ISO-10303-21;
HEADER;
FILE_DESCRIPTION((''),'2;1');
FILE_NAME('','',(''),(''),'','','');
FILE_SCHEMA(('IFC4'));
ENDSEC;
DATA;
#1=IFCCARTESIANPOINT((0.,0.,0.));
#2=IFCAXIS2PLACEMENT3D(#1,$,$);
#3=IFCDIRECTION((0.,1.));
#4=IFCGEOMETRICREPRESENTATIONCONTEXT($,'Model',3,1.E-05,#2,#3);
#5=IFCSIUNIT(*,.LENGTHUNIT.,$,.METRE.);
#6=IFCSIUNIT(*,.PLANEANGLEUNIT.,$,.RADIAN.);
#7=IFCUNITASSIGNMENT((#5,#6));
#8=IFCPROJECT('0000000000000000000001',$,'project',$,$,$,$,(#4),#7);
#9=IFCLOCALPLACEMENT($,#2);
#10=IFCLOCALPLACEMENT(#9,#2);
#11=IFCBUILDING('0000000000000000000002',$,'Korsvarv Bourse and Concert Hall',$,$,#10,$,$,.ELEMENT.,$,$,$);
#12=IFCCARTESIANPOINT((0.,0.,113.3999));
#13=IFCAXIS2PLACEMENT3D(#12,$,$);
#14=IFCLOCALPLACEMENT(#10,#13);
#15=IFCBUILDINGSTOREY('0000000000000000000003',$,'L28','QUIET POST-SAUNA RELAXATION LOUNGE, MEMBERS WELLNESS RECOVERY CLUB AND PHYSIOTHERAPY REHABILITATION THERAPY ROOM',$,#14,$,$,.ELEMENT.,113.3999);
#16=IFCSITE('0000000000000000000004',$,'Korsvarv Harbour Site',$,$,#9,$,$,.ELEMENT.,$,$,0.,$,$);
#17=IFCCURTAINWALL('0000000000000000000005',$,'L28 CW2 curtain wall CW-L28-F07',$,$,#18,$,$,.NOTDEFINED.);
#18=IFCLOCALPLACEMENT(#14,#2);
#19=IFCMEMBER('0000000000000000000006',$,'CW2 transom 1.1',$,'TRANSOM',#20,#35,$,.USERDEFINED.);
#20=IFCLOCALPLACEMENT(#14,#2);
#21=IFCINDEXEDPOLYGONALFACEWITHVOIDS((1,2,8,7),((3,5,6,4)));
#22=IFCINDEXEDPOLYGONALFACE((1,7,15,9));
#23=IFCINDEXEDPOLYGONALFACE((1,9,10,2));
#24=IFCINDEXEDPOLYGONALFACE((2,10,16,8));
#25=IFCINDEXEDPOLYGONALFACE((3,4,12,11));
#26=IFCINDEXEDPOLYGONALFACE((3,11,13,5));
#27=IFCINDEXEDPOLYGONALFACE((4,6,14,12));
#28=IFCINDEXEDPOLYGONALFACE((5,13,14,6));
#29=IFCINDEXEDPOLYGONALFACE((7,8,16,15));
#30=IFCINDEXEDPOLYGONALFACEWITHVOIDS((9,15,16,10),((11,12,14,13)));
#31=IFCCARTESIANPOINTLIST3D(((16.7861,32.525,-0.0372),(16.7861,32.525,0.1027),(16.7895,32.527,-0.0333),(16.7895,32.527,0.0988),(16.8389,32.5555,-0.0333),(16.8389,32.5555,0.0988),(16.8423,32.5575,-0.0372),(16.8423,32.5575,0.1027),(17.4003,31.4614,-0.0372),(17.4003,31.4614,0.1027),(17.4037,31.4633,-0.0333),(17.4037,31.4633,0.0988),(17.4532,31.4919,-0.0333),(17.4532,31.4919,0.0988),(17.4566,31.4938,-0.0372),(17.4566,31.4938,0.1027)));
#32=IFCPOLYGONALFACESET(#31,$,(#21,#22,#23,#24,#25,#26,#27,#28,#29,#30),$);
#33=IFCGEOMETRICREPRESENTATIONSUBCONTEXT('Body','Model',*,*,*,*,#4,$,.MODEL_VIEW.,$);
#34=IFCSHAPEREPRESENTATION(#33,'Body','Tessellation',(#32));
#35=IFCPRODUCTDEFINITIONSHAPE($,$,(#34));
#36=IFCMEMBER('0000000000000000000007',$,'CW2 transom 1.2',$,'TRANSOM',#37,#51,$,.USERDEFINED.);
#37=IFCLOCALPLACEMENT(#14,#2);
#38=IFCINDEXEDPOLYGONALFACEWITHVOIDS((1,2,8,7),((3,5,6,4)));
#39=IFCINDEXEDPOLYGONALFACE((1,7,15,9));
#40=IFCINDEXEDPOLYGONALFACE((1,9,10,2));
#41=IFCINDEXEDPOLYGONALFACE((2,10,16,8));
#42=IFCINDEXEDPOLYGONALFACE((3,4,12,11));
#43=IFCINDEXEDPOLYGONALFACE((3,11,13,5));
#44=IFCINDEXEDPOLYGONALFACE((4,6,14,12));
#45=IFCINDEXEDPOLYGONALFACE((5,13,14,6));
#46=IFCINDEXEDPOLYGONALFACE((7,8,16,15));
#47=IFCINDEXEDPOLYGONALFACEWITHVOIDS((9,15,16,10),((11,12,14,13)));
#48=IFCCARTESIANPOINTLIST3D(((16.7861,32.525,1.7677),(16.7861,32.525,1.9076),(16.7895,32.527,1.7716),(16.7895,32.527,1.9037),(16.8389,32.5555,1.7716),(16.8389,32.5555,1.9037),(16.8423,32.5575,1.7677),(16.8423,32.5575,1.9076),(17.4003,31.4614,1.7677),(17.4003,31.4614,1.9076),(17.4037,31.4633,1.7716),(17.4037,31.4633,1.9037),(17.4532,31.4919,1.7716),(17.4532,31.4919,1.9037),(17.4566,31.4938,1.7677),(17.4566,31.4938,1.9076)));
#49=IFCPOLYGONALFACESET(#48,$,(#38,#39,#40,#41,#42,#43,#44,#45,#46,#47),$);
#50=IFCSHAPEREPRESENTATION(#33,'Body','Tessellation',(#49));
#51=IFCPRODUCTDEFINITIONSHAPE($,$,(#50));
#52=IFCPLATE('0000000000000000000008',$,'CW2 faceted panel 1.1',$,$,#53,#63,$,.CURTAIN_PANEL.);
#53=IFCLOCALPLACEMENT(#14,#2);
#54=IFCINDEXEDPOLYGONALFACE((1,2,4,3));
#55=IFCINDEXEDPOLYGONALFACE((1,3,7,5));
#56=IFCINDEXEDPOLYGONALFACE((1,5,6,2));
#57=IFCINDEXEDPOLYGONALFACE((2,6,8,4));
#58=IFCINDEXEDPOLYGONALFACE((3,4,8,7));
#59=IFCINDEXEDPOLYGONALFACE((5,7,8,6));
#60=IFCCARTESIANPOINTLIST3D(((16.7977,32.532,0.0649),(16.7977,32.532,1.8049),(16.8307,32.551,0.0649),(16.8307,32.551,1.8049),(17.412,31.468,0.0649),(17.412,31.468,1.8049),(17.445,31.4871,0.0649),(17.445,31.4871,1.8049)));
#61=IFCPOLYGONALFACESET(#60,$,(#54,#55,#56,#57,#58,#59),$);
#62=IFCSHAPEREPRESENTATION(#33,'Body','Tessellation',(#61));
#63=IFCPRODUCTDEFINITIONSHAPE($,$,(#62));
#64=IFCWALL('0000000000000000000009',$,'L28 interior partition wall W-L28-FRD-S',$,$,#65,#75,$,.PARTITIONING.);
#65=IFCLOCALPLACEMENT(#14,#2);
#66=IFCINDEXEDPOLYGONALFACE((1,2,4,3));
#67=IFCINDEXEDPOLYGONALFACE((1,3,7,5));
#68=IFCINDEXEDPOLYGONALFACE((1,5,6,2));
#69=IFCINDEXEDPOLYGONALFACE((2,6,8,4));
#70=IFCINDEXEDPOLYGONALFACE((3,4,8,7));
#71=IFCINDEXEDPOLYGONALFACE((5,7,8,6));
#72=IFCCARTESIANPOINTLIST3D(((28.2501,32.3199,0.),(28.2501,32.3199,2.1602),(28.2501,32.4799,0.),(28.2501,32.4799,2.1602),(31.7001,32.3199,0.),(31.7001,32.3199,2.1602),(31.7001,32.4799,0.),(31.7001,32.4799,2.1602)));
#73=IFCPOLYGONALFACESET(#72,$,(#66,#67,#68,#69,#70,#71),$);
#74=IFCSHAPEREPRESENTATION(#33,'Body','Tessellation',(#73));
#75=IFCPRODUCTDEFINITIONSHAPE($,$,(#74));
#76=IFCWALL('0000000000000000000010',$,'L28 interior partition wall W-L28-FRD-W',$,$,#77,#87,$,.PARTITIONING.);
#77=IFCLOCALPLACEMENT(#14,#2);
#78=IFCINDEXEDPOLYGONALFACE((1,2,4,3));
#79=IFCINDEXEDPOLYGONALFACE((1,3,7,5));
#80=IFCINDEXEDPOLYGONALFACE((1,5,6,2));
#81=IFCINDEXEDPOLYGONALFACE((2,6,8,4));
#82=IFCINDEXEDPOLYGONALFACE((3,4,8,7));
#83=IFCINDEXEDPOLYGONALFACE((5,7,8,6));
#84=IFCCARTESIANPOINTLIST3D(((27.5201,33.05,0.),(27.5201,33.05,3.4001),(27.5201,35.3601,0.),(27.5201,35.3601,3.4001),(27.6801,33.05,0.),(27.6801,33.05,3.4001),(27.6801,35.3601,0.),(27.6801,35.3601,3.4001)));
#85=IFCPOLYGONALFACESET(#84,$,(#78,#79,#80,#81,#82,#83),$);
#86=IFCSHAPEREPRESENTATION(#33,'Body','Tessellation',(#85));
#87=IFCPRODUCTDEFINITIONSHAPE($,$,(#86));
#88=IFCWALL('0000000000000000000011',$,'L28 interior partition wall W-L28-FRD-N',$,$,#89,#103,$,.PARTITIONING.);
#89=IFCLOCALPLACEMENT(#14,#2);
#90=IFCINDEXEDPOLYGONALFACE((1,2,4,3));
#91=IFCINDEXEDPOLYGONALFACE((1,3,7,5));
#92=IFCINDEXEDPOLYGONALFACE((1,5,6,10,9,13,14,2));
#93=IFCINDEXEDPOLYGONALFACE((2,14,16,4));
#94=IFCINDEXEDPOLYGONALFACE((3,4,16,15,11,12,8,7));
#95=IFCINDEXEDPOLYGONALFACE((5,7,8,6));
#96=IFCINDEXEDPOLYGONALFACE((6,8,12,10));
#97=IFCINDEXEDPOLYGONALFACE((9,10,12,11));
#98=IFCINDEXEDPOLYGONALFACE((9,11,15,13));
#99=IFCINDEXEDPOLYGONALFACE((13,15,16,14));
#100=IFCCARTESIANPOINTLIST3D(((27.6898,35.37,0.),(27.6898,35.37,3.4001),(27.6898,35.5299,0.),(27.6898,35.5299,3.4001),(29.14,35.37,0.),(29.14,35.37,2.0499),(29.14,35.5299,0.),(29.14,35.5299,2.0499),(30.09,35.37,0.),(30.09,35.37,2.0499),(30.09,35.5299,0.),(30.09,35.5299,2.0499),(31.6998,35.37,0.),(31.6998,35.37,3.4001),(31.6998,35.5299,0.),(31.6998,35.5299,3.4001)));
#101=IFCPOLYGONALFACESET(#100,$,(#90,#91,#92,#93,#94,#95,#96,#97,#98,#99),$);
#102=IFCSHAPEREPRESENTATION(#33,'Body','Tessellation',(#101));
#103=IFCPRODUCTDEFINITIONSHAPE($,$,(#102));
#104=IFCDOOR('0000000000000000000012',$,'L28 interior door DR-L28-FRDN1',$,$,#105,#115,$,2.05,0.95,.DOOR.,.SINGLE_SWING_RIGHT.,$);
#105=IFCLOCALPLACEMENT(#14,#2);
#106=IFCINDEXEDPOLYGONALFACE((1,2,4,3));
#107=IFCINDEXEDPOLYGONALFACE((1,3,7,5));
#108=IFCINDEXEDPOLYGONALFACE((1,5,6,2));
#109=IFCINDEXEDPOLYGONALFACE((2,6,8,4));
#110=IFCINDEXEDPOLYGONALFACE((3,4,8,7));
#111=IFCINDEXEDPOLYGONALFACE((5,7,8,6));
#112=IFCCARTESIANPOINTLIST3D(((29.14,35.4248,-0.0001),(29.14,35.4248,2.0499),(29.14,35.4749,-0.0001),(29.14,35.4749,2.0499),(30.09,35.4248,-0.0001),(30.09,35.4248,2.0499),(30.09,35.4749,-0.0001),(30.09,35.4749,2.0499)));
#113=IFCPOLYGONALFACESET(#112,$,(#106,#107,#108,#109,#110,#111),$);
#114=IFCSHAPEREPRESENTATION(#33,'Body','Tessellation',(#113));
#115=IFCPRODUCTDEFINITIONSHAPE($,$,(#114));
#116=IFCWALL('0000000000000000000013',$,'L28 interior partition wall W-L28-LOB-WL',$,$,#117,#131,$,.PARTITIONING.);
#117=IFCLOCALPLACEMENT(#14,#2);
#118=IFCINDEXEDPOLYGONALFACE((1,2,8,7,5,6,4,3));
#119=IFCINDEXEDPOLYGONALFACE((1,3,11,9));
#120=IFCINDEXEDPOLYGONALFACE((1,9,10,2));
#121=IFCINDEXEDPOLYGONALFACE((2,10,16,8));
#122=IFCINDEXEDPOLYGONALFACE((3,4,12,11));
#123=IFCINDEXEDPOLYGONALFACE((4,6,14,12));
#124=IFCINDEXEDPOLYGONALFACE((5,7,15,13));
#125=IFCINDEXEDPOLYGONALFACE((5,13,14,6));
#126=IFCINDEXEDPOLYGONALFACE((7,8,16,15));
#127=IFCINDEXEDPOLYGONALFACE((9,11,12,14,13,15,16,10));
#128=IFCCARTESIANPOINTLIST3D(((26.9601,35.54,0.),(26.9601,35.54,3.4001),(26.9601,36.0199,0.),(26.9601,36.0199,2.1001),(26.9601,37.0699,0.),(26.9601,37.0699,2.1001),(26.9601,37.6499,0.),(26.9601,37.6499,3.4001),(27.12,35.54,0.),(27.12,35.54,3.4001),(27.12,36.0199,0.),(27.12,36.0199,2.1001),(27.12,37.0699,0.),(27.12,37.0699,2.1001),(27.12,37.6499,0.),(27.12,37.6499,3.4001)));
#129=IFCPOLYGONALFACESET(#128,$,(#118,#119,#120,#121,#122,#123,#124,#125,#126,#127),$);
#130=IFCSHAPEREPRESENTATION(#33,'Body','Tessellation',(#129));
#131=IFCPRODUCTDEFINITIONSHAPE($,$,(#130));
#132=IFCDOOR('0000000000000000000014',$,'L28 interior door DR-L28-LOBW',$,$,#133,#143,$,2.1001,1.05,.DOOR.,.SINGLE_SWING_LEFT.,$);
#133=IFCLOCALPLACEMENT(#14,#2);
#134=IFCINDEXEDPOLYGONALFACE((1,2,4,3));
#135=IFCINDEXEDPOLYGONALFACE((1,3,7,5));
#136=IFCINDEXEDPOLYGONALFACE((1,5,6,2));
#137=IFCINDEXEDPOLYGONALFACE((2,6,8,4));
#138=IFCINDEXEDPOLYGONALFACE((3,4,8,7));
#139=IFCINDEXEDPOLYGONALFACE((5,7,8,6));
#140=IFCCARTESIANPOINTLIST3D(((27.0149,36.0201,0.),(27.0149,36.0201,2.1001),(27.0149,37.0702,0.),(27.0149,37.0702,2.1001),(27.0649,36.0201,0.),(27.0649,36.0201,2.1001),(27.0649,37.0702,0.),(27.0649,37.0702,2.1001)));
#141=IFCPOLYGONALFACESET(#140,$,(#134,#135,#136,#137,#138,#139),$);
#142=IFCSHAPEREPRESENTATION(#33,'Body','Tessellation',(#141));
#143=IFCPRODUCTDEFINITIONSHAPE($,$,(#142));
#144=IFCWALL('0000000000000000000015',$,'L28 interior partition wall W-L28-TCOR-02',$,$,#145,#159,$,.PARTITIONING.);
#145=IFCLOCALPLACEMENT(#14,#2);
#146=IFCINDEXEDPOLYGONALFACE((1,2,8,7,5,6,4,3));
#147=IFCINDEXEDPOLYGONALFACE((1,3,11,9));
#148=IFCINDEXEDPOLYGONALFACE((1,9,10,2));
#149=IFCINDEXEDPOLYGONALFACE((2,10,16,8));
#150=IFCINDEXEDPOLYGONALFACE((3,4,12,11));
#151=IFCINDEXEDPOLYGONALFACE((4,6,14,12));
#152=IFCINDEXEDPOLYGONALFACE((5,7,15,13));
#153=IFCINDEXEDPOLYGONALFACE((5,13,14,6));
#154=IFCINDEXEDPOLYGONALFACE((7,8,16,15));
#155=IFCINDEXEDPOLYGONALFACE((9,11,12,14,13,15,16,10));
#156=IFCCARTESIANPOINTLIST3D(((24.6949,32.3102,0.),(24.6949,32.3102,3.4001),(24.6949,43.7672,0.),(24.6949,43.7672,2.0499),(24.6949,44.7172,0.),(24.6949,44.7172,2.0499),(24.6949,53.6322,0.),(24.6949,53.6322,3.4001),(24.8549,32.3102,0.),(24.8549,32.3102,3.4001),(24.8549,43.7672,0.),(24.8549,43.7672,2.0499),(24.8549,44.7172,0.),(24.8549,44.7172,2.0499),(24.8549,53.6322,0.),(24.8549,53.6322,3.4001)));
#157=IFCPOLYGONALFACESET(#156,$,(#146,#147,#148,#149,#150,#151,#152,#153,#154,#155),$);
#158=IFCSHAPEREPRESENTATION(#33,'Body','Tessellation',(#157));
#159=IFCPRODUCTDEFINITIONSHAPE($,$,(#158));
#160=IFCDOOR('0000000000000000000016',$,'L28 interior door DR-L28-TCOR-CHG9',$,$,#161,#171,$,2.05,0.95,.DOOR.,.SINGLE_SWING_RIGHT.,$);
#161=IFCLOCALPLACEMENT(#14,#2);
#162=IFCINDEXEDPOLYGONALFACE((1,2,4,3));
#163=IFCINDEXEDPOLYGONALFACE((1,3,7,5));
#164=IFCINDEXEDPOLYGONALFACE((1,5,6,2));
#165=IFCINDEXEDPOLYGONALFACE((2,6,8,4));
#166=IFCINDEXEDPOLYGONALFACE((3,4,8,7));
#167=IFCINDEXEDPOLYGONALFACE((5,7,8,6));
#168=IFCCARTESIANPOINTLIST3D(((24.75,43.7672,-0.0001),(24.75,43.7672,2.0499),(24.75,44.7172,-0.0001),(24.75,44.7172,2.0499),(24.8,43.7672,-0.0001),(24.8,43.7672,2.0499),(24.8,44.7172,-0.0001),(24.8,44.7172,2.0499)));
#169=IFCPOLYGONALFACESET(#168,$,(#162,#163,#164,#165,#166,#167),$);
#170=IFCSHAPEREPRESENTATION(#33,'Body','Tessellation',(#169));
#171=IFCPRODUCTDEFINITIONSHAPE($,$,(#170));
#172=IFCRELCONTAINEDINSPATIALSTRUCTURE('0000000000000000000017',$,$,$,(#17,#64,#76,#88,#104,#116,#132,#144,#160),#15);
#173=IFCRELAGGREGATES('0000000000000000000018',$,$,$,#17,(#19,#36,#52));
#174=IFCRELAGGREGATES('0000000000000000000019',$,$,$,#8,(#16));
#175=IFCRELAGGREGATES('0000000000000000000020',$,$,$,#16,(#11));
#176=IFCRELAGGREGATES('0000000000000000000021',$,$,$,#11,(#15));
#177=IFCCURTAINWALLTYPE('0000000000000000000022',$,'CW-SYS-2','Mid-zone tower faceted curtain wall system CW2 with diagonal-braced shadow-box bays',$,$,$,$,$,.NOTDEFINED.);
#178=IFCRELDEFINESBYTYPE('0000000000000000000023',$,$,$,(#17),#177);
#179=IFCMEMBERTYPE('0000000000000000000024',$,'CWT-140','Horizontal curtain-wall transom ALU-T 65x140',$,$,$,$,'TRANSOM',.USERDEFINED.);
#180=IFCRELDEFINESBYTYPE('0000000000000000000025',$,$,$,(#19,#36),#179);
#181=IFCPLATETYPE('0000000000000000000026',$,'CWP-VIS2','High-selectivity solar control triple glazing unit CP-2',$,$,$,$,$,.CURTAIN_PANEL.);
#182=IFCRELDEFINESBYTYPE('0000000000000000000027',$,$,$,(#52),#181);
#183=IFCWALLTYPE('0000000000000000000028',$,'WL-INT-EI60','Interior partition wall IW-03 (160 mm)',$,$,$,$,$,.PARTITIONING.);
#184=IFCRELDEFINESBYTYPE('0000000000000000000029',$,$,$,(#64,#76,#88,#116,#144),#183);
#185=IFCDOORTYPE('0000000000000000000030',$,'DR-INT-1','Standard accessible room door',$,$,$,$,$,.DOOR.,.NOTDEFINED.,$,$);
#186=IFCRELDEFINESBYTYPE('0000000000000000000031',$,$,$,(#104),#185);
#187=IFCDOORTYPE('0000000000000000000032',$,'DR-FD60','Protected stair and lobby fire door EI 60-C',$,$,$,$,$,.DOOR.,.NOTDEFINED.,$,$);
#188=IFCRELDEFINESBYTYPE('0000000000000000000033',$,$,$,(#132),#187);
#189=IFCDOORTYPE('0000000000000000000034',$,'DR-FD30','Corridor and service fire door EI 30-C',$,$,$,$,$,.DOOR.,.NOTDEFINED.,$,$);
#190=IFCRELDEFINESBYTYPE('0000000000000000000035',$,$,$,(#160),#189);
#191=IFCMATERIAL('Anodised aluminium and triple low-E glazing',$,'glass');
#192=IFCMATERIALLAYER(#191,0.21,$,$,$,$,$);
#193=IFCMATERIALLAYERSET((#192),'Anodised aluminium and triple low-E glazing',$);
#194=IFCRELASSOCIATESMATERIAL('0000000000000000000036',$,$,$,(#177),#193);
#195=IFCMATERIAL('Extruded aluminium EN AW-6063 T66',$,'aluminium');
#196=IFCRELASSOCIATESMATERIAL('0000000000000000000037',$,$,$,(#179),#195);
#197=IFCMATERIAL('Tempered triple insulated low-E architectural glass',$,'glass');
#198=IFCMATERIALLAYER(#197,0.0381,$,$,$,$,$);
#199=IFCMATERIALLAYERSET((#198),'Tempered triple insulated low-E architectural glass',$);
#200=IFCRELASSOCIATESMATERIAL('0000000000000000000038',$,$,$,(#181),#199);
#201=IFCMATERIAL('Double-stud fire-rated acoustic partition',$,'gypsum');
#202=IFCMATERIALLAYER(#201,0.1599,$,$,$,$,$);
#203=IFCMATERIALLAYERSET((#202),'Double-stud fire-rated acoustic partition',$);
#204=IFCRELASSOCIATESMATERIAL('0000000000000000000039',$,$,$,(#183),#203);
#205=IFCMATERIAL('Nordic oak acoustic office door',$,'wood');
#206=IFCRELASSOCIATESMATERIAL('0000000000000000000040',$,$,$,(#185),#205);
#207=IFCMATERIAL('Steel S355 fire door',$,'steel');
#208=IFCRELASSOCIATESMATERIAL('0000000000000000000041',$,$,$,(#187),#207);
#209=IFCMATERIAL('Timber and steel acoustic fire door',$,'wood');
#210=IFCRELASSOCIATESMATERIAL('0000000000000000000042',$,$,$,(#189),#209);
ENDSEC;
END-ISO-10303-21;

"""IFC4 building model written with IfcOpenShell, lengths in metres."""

from ifc_helpers import new_model, si_unit, direction, frame, frame_2d, origin, origin_2d, place, context, subcontext, project, spatial, rectangle, hollow_rectangle, extrude, source, transform, mapped, material, layer, layer_set, material_profile, profile_set, type_object, element, fill, aggregate, save


model = new_model("IFC4")

# Units and contexts
model_context = context("Model", 3, precision=1e-05, world=origin(), true_north=direction((0.0, 1.0)))
body_context = subcontext(model_context, "Body", "Model", "MODEL_VIEW")
ifc_project = project(units=[si_unit("LENGTHUNIT", "METRE"), si_unit("PLANEANGLEUNIT", "RADIAN")], contexts=[model_context])

# Site, building, storey
site_placement = place(None, origin())
site = spatial("IfcSite", under=ifc_project, at=site_placement, Name="Korsvarv Harbour Site", CompositionType="ELEMENT", RefElevation=0.0)
building_placement = place(site_placement, origin())
building = spatial("IfcBuilding", under=site, at=building_placement, Name="Korsvarv Bourse and Concert Hall", CompositionType="ELEMENT")
storey_placement = place(building_placement, frame((0.0, 0.0, 113.3999)))
storey = spatial("IfcBuildingStorey", under=building, at=storey_placement, Name="L28", Description="QUIET POST-SAUNA RELAXATION LOUNGE, MEMBERS WELLNESS RECOVERY CLUB AND PHYSIOTHERAPY REHABILITATION THERAPY ROOM", CompositionType="ELEMENT", Elevation=113.3999)

# Curtain wall, members, plate
ifc_material_1 = material(Name="Anodised aluminium and triple low-E glazing", Category="glass")
ifc_layer_1 = layer(ifc_material_1, 0.21)
ifc_layer_set_1 = layer_set([ifc_layer_1], Name="Anodised aluminium and triple low-E glazing")
curtain_wall_type = type_object("IfcCurtainWallType", Name="CW-SYS-2", Description="Mid-zone tower faceted curtain wall system CW2 with diagonal-braced shadow-box bays", PredefinedType="NOTDEFINED", material=ifc_layer_set_1)
curtain_wall_placement = place(storey_placement, origin())
curtain_wall = element("IfcCurtainWall", 1, at=curtain_wall_placement, inside=storey, type_object=curtain_wall_type, Name="L28 CW2 curtain wall CW-L28-F07", PredefinedType="NOTDEFINED")
ifc_material_2 = material(Name="Extruded aluminium EN AW-6063 T66", Category="aluminium")
ifc_material_profile_1 = material_profile(ifc_material_2, hollow_rectangle(XDim=0.0649, YDim=0.1399, WallThickness=0.0039, at=origin_2d()), Name="ALU-T 65x140")
ifc_profile_set_1 = profile_set([ifc_material_profile_1], Name="Extruded aluminium EN AW-6063 T66")
member_type_1 = type_object("IfcMemberType", Name="CWT-140", Description="Horizontal curtain-wall transom ALU-T 65x140", ElementType="TRANSOM", PredefinedType="USERDEFINED", material=ifc_profile_set_1)
shared_shape_1 = source(origin(), body_context, "Body", "SweptSolid", [
    extrude(hollow_rectangle(XDim=0.0649, YDim=0.1399, WallThickness=0.0039, at=origin_2d()), origin(), (0.0, 0.0, 1.0), 1.2283),
])
member_1_placement = place(storey_placement, frame((16.8142, 32.5413, 0.0327), z_axis=(0.500072, -0.865984, 0.0), x_axis=(0.865984, 0.500072, 0.0)))
member_1 = element("IfcMember", 2, at=member_1_placement, type_object=member_type_1, Name="CW2 transom 1.1", ObjectType="TRANSOM", PredefinedType="USERDEFINED", context=body_context, shape_type="MappedRepresentation", body=[
    mapped(shared_shape_1, transform((0.0, 0.0, 0.0), scale=1.0)),
])
member_2_placement = place(storey_placement, frame((16.8142, 32.5413, 1.8376), z_axis=(0.500072, -0.865984, 0.0), x_axis=(0.865984, 0.500072, 0.0)))
member_2 = element("IfcMember", 3, at=member_2_placement, type_object=member_type_1, Name="CW2 transom 1.2", ObjectType="TRANSOM", PredefinedType="USERDEFINED", context=body_context, shape_type="MappedRepresentation", body=[
    mapped(shared_shape_1, transform((0.0, 0.0, 0.0), scale=1.0)),
])
ifc_material_3 = material(Name="Tempered triple insulated low-E architectural glass", Category="glass")
ifc_layer_2 = layer(ifc_material_3, 0.0381)
ifc_layer_set_2 = layer_set([ifc_layer_2], Name="Tempered triple insulated low-E architectural glass")
plate_type = type_object("IfcPlateType", Name="CWP-VIS2", Description="High-selectivity solar control triple glazing unit CP-2", PredefinedType="CURTAIN_PANEL", material=ifc_layer_set_2)
shared_shape_2 = source(origin(), body_context, "Body", "SweptSolid", [
    extrude(rectangle(XDim=1.2285, YDim=0.0381, at=origin_2d()), origin(), (0.0, 0.0, 1.0), 1.74),
])
plate_placement = place(storey_placement, frame((17.1213, 32.0095, 0.0649), z_axis=(0.0, 0.0, 1.0), x_axis=(0.500006, -0.866022, 0.0)))
plate = element("IfcPlate", 4, at=plate_placement, type_object=plate_type, Name="CW2 faceted panel 1.1", PredefinedType="CURTAIN_PANEL", context=body_context, shape_type="MappedRepresentation", body=[
    mapped(shared_shape_2, transform((0.0, 0.0, 0.0), scale=1.0)),
])
aggregate(curtain_wall, [member_1, member_2, plate])

# Walls
ifc_material_4 = material(Name="Double-stud fire-rated acoustic partition", Category="gypsum")
ifc_layer_3 = layer(ifc_material_4, 0.1599)
ifc_layer_set_3 = layer_set([ifc_layer_3], Name="Double-stud fire-rated acoustic partition")
wall_type = type_object("IfcWallType", Name="WL-INT-EI60", Description="Interior partition wall IW-03 (160 mm)", PredefinedType="PARTITIONING", material=ifc_layer_set_3)
wall_1_placement = place(storey_placement, frame((28.25, 32.3999, 0.0), z_axis=(0.0, 0.0, 1.0), x_axis=(1.0, 0.0, 0.0)))
element("IfcWall", 5, at=wall_1_placement, inside=storey, type_object=wall_type, Name="L28 interior partition wall W-L28-FRD-S", PredefinedType="PARTITIONING", context=body_context, shape_type="SweptSolid", body=[
    extrude(rectangle(XDim=3.45, YDim=0.1599, at=frame_2d((1.7251, 0.0))), origin(), (0.0, 0.0, 1.0), 2.1602),
])
wall_2_placement = place(storey_placement, frame((27.6001, 33.05, 0.0), z_axis=(0.0, 0.0, 1.0), x_axis=(0.0, 1.0, 0.0)))
element("IfcWall", 6, at=wall_2_placement, inside=storey, type_object=wall_type, Name="L28 interior partition wall W-L28-FRD-W", PredefinedType="PARTITIONING", context=body_context, shape_type="SweptSolid", body=[
    extrude(rectangle(XDim=2.3101, YDim=0.1599, at=frame_2d((1.155, 0.0))), origin(), (0.0, 0.0, 1.0), 3.4001),
])

# Walls, openings, doors
wall_3_placement = place(storey_placement, frame((27.6899, 35.45, 0.0), z_axis=(0.0, 0.0, 1.0), x_axis=(1.0, 0.0, 0.0)))
wall_3 = element("IfcWall", 7, at=wall_3_placement, inside=storey, type_object=wall_type, Name="L28 interior partition wall W-L28-FRD-N", PredefinedType="PARTITIONING", context=body_context, shape_type="SweptSolid", body=[
    extrude(rectangle(XDim=4.01, YDim=0.1599, at=frame_2d((2.0049, 0.0))), origin(), (0.0, 0.0, 1.0), 3.4001),
])
opening_1_placement = place(wall_3_placement, frame((1.45, 0.0, 0.0)))
opening_1 = element("IfcOpeningElement", 8, at=opening_1_placement, cuts=wall_3, PredefinedType="OPENING", context=body_context, shape_type="SweptSolid", body=[
    extrude(rectangle(XDim=0.95, YDim=2.05, at=frame_2d((0.4751, 1.0249))), frame((0.0, 0.0898, 0.0), z_axis=(0.0, -1.0, 0.0), x_axis=(1.0, 0.0, 0.0)), (0.0, 0.0, 1.0), 0.1799),
])
ifc_material_5 = material(Name="Nordic oak acoustic office door", Category="wood")
door_type_1 = type_object("IfcDoorType", Name="DR-INT-1", Description="Standard accessible room door", OperationType="NOTDEFINED", PredefinedType="DOOR", material=ifc_material_5)
door_1_placement = place(opening_1_placement, origin())
door_1 = element("IfcDoor", 9, at=door_1_placement, inside=storey, type_object=door_type_1, Name="L28 interior door DR-L28-FRDN1", OperationType="SINGLE_SWING_RIGHT", OverallHeight=2.05, OverallWidth=0.95, PredefinedType="DOOR", context=body_context, shape_type="SweptSolid", body=[
    extrude(rectangle(XDim=0.95, YDim=2.05, at=frame_2d((0.4751, 1.0249))), frame((0.0, 0.0249, 0.0), z_axis=(0.0, -1.0, 0.0), x_axis=(1.0, 0.0, 0.0)), (0.0, 0.0, 1.0), 0.05),
])
fill(opening_1, door_1)
wall_4_placement = place(storey_placement, frame((27.04, 35.54, 0.0), z_axis=(0.0, 0.0, 1.0), x_axis=(0.0, 1.0, 0.0)))
wall_4 = element("IfcWall", 10, at=wall_4_placement, inside=storey, type_object=wall_type, Name="L28 interior partition wall W-L28-LOB-WL", PredefinedType="PARTITIONING", context=body_context, shape_type="SweptSolid", body=[
    extrude(rectangle(XDim=2.1099, YDim=0.1599, at=frame_2d((1.0549, 0.0))), origin(), (0.0, 0.0, 1.0), 3.4001),
])
opening_2_placement = place(wall_4_placement, frame((0.48, 0.0, 0.0)))
opening_2 = element("IfcOpeningElement", 11, at=opening_2_placement, cuts=wall_4, PredefinedType="OPENING", context=body_context, shape_type="SweptSolid", body=[
    extrude(rectangle(XDim=1.05, YDim=2.1001, at=frame_2d((0.5249, 1.05))), frame((0.0, 0.0898, 0.0), z_axis=(0.0, -1.0, 0.0), x_axis=(1.0, 0.0, 0.0)), (0.0, 0.0, 1.0), 0.1799),
])
ifc_material_6 = material(Name="Steel S355 fire door", Category="steel")
door_type_2 = type_object("IfcDoorType", Name="DR-FD60", Description="Protected stair and lobby fire door EI 60-C", OperationType="NOTDEFINED", PredefinedType="DOOR", material=ifc_material_6)
door_2_placement = place(opening_2_placement, frame((1.05, 0.0, 0.0), z_axis=(0.0, 0.0, 1.0), x_axis=(-1.0, 0.0, 0.0)))
door_2 = element("IfcDoor", 12, at=door_2_placement, inside=storey, type_object=door_type_2, Name="L28 interior door DR-L28-LOBW", OperationType="SINGLE_SWING_LEFT", OverallHeight=2.1001, OverallWidth=1.05, PredefinedType="DOOR", context=body_context, shape_type="SweptSolid", body=[
    extrude(rectangle(XDim=1.05, YDim=2.1001, at=frame_2d((0.5249, 1.05))), frame((0.0, 0.0249, 0.0), z_axis=(0.0, -1.0, 0.0), x_axis=(1.0, 0.0, 0.0)), (0.0, 0.0, 1.0), 0.05),
])
fill(opening_2, door_2)
wall_5_placement = place(storey_placement, frame((24.7749, 32.3101, 0.0), z_axis=(0.0, 0.0, 1.0), x_axis=(0.0, 1.0, 0.0)))
wall_5 = element("IfcWall", 13, at=wall_5_placement, inside=storey, type_object=wall_type, Name="L28 interior partition wall W-L28-TCOR-02", PredefinedType="PARTITIONING", context=body_context, shape_type="SweptSolid", body=[
    extrude(rectangle(XDim=21.322, YDim=0.1599, at=frame_2d((10.6611, 0.0))), origin(), (0.0, 0.0, 1.0), 3.4001),
])
opening_3_placement = place(wall_5_placement, frame((11.457, 0.0, 0.0)))
opening_3 = element("IfcOpeningElement", 14, at=opening_3_placement, cuts=wall_5, PredefinedType="OPENING", context=body_context, shape_type="SweptSolid", body=[
    extrude(rectangle(XDim=0.95, YDim=2.05, at=frame_2d((0.4751, 1.0249))), frame((0.0, 0.0898, 0.0), z_axis=(0.0, -1.0, 0.0), x_axis=(1.0, 0.0, 0.0)), (0.0, 0.0, 1.0), 0.1799),
])
ifc_material_7 = material(Name="Timber and steel acoustic fire door", Category="wood")
door_type_3 = type_object("IfcDoorType", Name="DR-FD30", Description="Corridor and service fire door EI 30-C", OperationType="NOTDEFINED", PredefinedType="DOOR", material=ifc_material_7)
door_3_placement = place(opening_3_placement, origin())
door_3 = element("IfcDoor", 15, at=door_3_placement, inside=storey, type_object=door_type_3, Name="L28 interior door DR-L28-TCOR-CHG9", OperationType="SINGLE_SWING_RIGHT", OverallHeight=2.05, OverallWidth=0.95, PredefinedType="DOOR", context=body_context, shape_type="SweptSolid", body=[
    extrude(rectangle(XDim=0.95, YDim=2.05, at=frame_2d((0.4751, 1.0249))), frame((0.0, 0.0249, 0.0), z_axis=(0.0, -1.0, 0.0), x_axis=(1.0, 0.0, 0.0)), (0.0, 0.0, 1.0), 0.05),
])
fill(opening_3, door_3)

save(model, "model.ifc")
